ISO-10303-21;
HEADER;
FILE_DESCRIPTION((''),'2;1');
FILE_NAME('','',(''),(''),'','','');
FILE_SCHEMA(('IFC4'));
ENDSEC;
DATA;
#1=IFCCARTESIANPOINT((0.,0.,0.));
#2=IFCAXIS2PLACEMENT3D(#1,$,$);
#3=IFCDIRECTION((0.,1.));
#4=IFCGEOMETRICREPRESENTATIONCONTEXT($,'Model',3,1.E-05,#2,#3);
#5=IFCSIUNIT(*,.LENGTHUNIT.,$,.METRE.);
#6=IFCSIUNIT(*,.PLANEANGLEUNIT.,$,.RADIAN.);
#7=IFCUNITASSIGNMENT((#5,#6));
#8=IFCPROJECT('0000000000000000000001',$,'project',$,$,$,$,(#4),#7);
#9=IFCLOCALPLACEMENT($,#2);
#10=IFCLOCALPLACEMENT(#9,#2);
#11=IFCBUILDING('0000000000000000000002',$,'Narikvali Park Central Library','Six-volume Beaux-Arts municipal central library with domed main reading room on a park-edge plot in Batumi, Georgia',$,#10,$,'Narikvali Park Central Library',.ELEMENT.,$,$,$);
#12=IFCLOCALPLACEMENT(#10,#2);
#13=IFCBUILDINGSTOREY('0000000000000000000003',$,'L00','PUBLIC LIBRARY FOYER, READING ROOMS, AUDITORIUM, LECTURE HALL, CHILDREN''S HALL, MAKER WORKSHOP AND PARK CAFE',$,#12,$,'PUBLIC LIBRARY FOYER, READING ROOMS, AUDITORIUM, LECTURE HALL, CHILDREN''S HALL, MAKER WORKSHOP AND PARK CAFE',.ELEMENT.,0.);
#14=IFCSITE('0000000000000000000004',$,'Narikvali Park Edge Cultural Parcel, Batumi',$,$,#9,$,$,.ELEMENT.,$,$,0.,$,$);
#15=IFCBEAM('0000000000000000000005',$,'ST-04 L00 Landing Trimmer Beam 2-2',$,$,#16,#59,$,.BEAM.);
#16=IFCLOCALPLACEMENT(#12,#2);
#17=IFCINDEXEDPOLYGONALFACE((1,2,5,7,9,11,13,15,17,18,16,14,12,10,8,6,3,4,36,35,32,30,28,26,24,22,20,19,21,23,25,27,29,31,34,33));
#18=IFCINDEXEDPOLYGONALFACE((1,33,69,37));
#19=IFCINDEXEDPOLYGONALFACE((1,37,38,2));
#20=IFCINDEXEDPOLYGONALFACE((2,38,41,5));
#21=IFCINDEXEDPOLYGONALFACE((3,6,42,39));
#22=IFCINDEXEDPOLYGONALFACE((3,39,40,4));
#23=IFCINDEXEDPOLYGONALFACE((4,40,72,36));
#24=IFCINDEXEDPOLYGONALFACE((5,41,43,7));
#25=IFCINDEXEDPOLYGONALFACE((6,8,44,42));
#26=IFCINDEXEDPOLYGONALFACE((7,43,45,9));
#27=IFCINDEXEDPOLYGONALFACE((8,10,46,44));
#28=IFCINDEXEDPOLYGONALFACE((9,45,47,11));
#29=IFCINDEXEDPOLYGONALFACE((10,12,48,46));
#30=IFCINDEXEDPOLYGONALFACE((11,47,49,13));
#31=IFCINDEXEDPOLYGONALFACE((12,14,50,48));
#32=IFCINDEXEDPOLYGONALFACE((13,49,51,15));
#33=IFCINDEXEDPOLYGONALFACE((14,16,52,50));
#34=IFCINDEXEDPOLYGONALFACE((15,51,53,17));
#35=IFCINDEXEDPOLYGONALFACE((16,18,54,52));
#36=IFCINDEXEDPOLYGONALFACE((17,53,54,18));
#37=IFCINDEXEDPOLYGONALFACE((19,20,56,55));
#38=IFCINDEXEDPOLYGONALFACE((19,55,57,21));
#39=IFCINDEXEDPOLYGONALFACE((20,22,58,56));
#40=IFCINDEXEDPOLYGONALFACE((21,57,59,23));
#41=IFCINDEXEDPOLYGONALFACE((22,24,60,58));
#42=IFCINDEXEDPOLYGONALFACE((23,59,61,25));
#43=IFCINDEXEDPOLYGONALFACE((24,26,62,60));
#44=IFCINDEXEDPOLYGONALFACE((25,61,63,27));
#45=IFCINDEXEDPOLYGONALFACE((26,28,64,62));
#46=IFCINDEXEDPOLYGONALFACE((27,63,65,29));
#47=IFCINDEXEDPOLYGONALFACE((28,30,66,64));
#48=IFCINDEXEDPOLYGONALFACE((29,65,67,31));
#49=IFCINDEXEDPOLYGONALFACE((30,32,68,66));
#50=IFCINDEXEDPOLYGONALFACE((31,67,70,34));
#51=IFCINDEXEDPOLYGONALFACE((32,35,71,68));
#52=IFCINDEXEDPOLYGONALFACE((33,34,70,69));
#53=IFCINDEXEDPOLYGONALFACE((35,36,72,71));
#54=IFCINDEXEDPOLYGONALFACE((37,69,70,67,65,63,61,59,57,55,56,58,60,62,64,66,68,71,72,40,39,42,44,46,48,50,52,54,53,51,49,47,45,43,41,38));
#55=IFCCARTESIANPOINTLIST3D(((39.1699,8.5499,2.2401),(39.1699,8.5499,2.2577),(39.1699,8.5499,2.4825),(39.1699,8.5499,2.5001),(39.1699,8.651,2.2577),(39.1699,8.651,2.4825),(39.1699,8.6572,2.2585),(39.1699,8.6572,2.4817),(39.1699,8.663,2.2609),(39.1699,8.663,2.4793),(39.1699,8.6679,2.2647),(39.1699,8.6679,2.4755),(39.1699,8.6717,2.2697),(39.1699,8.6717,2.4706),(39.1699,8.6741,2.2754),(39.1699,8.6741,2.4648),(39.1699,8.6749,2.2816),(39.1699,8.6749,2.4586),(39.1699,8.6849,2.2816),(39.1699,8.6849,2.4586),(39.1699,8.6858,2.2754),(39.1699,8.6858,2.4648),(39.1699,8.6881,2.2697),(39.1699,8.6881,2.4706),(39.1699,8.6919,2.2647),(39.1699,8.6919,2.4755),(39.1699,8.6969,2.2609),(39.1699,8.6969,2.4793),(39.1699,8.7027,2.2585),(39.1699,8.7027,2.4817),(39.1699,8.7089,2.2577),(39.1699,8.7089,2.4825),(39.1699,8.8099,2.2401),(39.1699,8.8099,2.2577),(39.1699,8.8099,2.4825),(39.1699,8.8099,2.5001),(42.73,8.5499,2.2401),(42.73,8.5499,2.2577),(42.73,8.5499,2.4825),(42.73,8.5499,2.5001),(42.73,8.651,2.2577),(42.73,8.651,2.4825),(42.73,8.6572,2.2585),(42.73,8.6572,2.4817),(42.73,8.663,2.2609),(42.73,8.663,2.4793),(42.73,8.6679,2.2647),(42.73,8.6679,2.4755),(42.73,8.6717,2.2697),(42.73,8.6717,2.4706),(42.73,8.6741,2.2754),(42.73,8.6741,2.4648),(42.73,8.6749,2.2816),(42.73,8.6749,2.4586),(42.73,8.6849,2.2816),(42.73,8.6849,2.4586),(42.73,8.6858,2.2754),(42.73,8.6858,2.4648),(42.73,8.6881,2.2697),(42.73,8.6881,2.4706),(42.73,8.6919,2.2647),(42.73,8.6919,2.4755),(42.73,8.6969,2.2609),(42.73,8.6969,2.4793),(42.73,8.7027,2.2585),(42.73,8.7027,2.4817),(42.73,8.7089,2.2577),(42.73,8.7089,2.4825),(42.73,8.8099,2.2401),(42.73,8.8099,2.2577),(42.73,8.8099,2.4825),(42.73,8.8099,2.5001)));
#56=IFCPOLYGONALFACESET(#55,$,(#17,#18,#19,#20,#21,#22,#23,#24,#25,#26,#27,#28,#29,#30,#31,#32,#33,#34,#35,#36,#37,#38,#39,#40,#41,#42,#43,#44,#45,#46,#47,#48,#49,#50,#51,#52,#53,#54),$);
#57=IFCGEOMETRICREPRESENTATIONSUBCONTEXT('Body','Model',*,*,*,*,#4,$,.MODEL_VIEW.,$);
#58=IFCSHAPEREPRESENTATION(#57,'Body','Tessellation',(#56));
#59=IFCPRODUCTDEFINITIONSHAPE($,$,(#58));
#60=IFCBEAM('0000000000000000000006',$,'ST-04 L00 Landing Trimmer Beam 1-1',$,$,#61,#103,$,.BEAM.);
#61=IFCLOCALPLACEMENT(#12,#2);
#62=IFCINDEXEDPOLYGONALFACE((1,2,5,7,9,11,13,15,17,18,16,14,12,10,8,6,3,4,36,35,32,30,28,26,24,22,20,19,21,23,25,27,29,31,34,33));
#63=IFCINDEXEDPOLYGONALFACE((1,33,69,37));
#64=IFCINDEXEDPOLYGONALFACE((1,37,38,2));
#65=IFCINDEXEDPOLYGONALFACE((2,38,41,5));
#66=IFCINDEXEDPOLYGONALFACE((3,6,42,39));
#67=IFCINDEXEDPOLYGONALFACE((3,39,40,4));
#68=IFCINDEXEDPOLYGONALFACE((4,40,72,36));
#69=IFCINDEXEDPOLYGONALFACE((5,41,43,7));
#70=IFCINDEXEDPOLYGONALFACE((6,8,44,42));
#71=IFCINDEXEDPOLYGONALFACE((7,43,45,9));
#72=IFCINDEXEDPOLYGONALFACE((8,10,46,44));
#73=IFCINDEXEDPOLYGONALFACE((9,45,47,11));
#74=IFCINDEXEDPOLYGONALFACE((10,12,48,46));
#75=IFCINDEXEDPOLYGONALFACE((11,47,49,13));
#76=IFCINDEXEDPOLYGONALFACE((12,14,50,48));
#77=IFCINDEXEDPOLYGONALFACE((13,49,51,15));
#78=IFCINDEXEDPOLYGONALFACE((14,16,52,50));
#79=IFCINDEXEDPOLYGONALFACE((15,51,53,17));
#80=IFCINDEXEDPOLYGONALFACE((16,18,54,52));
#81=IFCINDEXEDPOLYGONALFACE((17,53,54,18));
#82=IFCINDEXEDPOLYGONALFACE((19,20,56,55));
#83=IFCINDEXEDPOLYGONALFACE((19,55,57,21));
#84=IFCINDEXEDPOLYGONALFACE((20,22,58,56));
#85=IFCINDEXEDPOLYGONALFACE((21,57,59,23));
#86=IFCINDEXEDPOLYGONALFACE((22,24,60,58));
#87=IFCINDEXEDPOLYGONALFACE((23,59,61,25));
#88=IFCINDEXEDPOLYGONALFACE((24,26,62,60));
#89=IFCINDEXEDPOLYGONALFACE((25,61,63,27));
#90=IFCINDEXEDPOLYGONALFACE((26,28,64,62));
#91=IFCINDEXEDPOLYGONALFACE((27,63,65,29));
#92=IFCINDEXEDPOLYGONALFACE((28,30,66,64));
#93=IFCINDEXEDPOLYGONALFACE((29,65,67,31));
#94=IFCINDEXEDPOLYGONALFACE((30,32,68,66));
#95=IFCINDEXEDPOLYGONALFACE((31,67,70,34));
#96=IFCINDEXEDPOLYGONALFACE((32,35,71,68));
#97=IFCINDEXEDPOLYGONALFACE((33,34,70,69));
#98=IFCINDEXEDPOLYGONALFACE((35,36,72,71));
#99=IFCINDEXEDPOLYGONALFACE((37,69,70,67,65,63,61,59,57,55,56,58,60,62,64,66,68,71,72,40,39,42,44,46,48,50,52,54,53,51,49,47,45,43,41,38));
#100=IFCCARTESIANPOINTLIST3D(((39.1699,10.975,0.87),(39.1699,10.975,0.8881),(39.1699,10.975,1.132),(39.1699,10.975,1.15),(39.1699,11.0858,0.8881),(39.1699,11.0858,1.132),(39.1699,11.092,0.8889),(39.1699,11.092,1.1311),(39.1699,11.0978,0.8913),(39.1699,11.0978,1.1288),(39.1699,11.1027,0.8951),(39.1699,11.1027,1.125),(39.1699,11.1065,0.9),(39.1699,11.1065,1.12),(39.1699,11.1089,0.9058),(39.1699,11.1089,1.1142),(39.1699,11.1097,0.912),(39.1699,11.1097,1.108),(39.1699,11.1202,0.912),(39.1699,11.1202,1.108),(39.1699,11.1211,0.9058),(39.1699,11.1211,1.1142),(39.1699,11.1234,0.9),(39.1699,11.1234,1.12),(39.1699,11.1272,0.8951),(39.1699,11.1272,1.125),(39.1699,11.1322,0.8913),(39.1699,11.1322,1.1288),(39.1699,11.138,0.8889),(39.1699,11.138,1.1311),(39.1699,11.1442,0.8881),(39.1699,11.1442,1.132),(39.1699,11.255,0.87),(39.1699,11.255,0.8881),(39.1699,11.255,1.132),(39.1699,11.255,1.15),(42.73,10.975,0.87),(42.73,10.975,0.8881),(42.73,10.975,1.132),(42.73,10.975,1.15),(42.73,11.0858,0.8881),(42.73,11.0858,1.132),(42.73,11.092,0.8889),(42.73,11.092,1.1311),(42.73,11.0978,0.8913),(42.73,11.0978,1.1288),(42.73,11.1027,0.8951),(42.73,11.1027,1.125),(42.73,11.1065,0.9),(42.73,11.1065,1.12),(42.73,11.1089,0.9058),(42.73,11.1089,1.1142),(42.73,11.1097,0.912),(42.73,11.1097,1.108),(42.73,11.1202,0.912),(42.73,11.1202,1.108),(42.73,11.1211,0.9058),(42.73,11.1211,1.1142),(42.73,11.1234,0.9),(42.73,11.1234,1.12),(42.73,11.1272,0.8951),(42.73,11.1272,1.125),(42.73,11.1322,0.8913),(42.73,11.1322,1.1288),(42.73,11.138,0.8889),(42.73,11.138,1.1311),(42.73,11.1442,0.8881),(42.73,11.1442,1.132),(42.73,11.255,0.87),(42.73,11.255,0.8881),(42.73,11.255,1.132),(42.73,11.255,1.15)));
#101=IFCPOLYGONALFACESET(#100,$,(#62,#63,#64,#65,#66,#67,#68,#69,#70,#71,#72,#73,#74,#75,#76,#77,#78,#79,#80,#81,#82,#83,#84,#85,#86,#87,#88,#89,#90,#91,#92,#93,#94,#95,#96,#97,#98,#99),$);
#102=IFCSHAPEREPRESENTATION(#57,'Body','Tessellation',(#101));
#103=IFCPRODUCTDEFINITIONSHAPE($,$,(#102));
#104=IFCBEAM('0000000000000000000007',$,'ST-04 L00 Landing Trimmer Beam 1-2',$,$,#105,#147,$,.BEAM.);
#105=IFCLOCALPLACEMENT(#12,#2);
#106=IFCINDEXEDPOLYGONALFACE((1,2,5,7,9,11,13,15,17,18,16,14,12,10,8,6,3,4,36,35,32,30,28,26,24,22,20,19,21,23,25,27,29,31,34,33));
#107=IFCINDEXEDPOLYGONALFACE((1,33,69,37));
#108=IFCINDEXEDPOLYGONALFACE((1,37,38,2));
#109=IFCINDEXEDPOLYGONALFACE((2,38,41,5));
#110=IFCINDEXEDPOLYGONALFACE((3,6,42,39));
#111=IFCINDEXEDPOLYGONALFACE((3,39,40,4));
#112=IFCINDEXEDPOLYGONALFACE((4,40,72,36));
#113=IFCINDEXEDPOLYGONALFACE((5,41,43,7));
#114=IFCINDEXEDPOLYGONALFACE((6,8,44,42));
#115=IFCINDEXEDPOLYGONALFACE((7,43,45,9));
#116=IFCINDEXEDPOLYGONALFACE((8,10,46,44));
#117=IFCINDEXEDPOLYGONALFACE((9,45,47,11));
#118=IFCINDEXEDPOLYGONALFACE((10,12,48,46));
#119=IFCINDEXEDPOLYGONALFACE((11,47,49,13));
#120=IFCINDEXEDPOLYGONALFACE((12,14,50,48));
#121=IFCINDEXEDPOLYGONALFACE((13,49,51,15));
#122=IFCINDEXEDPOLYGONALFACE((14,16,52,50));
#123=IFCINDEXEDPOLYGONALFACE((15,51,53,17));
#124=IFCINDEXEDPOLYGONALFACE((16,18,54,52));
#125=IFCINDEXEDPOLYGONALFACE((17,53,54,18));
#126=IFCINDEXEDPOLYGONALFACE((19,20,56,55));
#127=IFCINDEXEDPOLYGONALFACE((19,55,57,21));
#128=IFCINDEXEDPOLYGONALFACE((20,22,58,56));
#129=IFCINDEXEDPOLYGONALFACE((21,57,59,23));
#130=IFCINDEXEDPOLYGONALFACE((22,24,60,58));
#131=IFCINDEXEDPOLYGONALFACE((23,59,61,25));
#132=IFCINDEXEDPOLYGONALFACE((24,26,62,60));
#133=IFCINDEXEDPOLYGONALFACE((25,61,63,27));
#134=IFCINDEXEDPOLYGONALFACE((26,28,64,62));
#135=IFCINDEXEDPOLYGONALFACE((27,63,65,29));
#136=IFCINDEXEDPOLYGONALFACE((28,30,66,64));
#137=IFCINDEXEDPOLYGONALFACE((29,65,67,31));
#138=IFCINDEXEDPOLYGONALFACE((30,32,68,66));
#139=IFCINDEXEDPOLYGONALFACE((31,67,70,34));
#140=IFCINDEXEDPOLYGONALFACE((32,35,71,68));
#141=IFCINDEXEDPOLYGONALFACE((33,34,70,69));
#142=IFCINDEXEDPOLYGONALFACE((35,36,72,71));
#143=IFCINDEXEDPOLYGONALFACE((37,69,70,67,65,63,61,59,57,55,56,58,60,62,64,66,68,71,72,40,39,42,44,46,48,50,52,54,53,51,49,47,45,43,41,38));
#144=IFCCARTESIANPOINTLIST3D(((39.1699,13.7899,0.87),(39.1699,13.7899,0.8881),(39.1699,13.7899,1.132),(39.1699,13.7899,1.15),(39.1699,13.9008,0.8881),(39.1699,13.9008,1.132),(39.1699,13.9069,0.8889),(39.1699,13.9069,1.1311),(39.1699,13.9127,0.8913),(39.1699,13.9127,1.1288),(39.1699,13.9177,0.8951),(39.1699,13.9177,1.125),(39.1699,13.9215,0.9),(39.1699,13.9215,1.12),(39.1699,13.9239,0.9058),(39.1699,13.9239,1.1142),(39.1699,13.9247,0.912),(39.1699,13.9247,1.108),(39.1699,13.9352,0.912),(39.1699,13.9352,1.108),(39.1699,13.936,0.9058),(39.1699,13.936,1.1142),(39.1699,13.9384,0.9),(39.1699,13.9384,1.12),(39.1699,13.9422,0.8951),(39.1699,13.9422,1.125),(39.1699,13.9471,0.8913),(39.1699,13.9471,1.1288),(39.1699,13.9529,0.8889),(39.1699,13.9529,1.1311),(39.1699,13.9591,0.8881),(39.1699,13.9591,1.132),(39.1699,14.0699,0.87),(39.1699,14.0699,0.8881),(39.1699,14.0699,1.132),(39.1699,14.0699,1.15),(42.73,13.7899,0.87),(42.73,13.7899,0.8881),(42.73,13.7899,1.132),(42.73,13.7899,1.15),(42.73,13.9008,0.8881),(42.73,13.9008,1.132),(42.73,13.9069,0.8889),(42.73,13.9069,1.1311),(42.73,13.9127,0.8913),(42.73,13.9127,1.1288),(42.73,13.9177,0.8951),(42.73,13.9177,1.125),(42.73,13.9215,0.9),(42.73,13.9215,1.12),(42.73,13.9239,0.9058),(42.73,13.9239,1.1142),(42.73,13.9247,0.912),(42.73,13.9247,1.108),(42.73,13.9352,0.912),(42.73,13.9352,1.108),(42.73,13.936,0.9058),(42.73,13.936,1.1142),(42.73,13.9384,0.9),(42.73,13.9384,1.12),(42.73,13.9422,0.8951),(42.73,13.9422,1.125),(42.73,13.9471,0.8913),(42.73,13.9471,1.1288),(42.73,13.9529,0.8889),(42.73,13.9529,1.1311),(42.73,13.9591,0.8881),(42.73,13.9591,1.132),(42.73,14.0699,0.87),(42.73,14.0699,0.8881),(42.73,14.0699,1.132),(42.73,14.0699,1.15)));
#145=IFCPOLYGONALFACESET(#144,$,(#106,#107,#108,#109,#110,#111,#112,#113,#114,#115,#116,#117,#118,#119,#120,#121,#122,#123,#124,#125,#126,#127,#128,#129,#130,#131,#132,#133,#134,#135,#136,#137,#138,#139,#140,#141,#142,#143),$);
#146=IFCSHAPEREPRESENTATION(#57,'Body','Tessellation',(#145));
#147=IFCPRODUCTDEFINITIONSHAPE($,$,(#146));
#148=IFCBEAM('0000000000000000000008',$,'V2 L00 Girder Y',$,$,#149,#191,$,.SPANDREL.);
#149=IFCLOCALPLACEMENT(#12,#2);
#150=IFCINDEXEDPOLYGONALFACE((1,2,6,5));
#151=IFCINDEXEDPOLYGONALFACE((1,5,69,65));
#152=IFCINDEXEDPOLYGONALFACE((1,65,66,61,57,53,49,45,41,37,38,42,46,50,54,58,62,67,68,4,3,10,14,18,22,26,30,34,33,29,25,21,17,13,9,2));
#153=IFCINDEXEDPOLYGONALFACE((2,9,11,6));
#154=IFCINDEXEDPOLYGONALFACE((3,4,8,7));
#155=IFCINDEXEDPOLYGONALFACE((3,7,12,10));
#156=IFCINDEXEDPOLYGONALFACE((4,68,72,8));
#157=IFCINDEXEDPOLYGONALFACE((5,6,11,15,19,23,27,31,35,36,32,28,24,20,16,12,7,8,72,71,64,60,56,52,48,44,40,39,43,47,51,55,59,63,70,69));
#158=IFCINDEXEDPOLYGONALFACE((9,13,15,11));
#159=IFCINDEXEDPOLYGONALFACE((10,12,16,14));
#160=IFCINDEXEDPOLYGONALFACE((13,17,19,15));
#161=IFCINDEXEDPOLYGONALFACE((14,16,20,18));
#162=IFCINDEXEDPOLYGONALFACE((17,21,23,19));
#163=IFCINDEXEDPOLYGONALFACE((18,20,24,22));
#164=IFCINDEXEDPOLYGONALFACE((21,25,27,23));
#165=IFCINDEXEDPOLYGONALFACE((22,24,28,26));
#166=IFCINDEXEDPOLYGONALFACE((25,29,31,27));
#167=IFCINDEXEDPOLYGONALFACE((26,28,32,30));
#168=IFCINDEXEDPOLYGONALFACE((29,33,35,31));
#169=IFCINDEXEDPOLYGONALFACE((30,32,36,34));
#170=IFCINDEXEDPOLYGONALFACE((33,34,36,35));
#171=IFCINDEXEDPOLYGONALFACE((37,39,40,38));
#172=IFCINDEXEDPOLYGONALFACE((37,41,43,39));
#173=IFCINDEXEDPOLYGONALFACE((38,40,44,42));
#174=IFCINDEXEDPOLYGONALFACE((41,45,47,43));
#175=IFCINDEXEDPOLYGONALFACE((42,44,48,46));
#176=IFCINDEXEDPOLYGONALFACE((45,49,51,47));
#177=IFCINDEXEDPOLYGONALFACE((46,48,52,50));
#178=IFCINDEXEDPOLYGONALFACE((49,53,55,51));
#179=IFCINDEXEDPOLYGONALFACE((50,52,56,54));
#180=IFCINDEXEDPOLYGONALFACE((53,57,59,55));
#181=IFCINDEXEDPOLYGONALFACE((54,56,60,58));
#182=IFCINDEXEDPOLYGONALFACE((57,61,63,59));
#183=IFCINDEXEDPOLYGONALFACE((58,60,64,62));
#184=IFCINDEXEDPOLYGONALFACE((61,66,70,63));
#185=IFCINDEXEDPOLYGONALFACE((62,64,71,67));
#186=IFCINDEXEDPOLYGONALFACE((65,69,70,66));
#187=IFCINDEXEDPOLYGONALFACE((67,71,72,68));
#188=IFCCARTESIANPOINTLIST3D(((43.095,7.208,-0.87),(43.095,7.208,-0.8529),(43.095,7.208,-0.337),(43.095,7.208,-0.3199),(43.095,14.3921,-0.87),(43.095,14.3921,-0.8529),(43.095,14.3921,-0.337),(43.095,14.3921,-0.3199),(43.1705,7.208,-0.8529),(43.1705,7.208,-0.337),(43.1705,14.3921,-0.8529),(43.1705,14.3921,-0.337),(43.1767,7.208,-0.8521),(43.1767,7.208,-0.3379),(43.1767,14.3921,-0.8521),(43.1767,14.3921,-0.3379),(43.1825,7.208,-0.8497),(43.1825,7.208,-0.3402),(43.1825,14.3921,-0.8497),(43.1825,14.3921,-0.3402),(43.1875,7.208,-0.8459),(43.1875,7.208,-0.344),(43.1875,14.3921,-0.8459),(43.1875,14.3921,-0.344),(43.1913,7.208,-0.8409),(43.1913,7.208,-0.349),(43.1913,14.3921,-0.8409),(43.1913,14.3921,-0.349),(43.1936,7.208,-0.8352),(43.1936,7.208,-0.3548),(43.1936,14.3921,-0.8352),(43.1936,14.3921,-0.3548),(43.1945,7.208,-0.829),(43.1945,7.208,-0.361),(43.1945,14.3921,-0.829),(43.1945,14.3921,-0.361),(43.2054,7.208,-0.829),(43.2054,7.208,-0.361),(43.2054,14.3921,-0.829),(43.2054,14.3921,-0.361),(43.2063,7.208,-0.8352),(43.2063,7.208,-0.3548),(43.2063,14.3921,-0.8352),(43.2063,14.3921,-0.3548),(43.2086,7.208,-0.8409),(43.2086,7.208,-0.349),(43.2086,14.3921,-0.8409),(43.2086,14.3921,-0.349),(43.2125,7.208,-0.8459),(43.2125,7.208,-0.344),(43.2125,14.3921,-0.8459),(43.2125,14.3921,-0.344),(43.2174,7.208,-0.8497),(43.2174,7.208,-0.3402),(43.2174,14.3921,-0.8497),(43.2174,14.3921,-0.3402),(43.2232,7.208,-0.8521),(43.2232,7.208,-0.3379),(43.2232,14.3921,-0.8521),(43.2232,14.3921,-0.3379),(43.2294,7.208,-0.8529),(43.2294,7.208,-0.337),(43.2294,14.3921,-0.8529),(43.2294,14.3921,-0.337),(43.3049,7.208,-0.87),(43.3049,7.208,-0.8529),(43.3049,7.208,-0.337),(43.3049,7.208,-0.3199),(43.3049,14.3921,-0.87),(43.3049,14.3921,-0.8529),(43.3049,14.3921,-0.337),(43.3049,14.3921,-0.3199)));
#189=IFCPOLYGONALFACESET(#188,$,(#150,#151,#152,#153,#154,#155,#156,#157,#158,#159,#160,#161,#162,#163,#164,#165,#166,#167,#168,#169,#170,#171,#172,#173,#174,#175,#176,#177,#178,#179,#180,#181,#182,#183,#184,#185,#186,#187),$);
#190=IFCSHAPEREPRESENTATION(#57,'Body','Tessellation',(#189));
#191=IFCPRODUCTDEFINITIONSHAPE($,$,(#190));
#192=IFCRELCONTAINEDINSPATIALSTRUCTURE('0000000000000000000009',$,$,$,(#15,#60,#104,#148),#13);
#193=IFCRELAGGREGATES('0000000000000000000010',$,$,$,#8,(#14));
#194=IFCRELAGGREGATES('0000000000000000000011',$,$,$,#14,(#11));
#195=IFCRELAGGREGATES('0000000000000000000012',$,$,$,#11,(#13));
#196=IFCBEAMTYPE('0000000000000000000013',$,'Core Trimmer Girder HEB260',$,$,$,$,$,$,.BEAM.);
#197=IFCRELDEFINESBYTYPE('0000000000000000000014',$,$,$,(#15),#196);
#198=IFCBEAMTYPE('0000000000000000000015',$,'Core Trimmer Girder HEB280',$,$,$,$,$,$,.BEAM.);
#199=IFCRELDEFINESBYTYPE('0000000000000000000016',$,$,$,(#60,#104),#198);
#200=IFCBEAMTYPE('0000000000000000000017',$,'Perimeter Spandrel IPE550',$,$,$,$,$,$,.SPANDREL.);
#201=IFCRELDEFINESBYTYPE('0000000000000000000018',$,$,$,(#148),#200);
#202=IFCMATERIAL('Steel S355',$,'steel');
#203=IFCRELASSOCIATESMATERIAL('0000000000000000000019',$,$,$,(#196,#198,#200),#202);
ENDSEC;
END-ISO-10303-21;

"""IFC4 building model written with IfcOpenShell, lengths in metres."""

from ifc_helpers import new_model, si_unit, direction, frame, origin, origin_2d, place, context, subcontext, project, spatial, i_section, extrude, material, material_profile, profile_set, type_object, element, save


model = new_model("IFC4")

# Units and contexts
model_context = context("Model", 3, precision=1e-05, world=origin(), true_north=direction((0.0, 1.0)))
body_context = subcontext(model_context, "Body", "Model", "MODEL_VIEW")
ifc_project = project(units=[si_unit("LENGTHUNIT", "METRE"), si_unit("PLANEANGLEUNIT", "RADIAN")], contexts=[model_context])

# Site, building, storey
site_placement = place(None, origin())
site = spatial("IfcSite", under=ifc_project, at=site_placement, Name="Narikvali Park Edge Cultural Parcel, Batumi", CompositionType="ELEMENT", RefElevation=0.0)
building_placement = place(site_placement, origin())
building = spatial("IfcBuilding", under=site, at=building_placement, Name="Narikvali Park Central Library", Description="Six-volume Beaux-Arts municipal central library with domed main reading room on a park-edge plot in Batumi, Georgia", LongName="Narikvali Park Central Library", CompositionType="ELEMENT")
storey_placement = place(building_placement, origin())
storey = spatial("IfcBuildingStorey", under=building, at=storey_placement, Name="L00", Description="PUBLIC LIBRARY FOYER, READING ROOMS, AUDITORIUM, LECTURE HALL, CHILDREN'S HALL, MAKER WORKSHOP AND PARK CAFE", LongName="PUBLIC LIBRARY FOYER, READING ROOMS, AUDITORIUM, LECTURE HALL, CHILDREN'S HALL, MAKER WORKSHOP AND PARK CAFE", CompositionType="ELEMENT", Elevation=0.0)

# Beams
ifc_material_1 = material(Name="Steel S355", Category="steel")
ifc_material_profile_1 = material_profile(ifc_material_1, i_section(OverallWidth=0.26, OverallDepth=0.26, WebThickness=0.01, FlangeThickness=0.0176, FilletRadius=0.0239, at=origin_2d()), Name="HEB 260")
ifc_profile_set_1 = profile_set([ifc_material_profile_1], Name="Steel S355")
beam_type_1 = type_object("IfcBeamType", Name="Core Trimmer Girder HEB260", PredefinedType="BEAM", material=ifc_profile_set_1)
for number, where, z_axis, x_axis, name in (
    (1, (39.1699, 8.6799, 2.3701), (1.0, 0.0, 0.0), (0.0, 1.0, 0.0), "ST-04 L00 Landing Trimmer Beam 2-2"),
):
    element("IfcBeam", number, at=place(storey_placement, frame(where, z_axis=z_axis, x_axis=x_axis)), inside=storey, type_object=beam_type_1, Name=name, PredefinedType="BEAM", context=body_context, shape_type="SweptSolid", body=[
        extrude(i_section(OverallWidth=0.26, OverallDepth=0.26, WebThickness=0.01, FlangeThickness=0.0176, FilletRadius=0.0239, at=origin_2d()), origin(), (0.0, 0.0, 1.0), 3.5601),
    ])
ifc_material_profile_2 = material_profile(ifc_material_1, i_section(OverallWidth=0.28, OverallDepth=0.28, WebThickness=0.0105, FlangeThickness=0.0181, FilletRadius=0.0239, at=origin_2d()), Name="HEB 280")
ifc_profile_set_2 = profile_set([ifc_material_profile_2], Name="Steel S355")
beam_type_2 = type_object("IfcBeamType", Name="Core Trimmer Girder HEB280", PredefinedType="BEAM", material=ifc_profile_set_2)
for number, where, z_axis, x_axis, name in (
    (2, (39.1699, 11.115, 1.01), (1.0, 0.0, 0.0), (0.0, 1.0, 0.0), "ST-04 L00 Landing Trimmer Beam 1-1"),
    (3, (39.1699, 13.9299, 1.01), (1.0, 0.0, 0.0), (0.0, 1.0, 0.0), "ST-04 L00 Landing Trimmer Beam 1-2"),
):
    element("IfcBeam", number, at=place(storey_placement, frame(where, z_axis=z_axis, x_axis=x_axis)), inside=storey, type_object=beam_type_2, Name=name, PredefinedType="BEAM", context=body_context, shape_type="SweptSolid", body=[
        extrude(i_section(OverallWidth=0.28, OverallDepth=0.28, WebThickness=0.0105, FlangeThickness=0.0181, FilletRadius=0.0239, at=origin_2d()), origin(), (0.0, 0.0, 1.0), 3.5601),
    ])
ifc_material_profile_3 = material_profile(ifc_material_1, i_section(OverallWidth=0.21, OverallDepth=0.55, WebThickness=0.011, FlangeThickness=0.0171, FilletRadius=0.0239, at=origin_2d()), Name="IPE 550")
ifc_profile_set_3 = profile_set([ifc_material_profile_3], Name="Steel S355")
beam_type_3 = type_object("IfcBeamType", Name="Perimeter Spandrel IPE550", PredefinedType="SPANDREL", material=ifc_profile_set_3)
beam_1_placement = place(storey_placement, frame((43.2, 7.208, -0.595), z_axis=(0.0, 1.0, 0.0), x_axis=(-1.0, 0.0, 0.0)))
element("IfcBeam", 4, at=beam_1_placement, inside=storey, type_object=beam_type_3, Name="V2 L00 Girder Y", PredefinedType="SPANDREL", context=body_context, shape_type="SweptSolid", body=[
    extrude(i_section(OverallWidth=0.21, OverallDepth=0.55, WebThickness=0.011, FlangeThickness=0.0171, FilletRadius=0.0239, at=origin_2d()), origin(), (0.0, 0.0, 1.0), 7.1841),
])

save(model, "model.ifc")
